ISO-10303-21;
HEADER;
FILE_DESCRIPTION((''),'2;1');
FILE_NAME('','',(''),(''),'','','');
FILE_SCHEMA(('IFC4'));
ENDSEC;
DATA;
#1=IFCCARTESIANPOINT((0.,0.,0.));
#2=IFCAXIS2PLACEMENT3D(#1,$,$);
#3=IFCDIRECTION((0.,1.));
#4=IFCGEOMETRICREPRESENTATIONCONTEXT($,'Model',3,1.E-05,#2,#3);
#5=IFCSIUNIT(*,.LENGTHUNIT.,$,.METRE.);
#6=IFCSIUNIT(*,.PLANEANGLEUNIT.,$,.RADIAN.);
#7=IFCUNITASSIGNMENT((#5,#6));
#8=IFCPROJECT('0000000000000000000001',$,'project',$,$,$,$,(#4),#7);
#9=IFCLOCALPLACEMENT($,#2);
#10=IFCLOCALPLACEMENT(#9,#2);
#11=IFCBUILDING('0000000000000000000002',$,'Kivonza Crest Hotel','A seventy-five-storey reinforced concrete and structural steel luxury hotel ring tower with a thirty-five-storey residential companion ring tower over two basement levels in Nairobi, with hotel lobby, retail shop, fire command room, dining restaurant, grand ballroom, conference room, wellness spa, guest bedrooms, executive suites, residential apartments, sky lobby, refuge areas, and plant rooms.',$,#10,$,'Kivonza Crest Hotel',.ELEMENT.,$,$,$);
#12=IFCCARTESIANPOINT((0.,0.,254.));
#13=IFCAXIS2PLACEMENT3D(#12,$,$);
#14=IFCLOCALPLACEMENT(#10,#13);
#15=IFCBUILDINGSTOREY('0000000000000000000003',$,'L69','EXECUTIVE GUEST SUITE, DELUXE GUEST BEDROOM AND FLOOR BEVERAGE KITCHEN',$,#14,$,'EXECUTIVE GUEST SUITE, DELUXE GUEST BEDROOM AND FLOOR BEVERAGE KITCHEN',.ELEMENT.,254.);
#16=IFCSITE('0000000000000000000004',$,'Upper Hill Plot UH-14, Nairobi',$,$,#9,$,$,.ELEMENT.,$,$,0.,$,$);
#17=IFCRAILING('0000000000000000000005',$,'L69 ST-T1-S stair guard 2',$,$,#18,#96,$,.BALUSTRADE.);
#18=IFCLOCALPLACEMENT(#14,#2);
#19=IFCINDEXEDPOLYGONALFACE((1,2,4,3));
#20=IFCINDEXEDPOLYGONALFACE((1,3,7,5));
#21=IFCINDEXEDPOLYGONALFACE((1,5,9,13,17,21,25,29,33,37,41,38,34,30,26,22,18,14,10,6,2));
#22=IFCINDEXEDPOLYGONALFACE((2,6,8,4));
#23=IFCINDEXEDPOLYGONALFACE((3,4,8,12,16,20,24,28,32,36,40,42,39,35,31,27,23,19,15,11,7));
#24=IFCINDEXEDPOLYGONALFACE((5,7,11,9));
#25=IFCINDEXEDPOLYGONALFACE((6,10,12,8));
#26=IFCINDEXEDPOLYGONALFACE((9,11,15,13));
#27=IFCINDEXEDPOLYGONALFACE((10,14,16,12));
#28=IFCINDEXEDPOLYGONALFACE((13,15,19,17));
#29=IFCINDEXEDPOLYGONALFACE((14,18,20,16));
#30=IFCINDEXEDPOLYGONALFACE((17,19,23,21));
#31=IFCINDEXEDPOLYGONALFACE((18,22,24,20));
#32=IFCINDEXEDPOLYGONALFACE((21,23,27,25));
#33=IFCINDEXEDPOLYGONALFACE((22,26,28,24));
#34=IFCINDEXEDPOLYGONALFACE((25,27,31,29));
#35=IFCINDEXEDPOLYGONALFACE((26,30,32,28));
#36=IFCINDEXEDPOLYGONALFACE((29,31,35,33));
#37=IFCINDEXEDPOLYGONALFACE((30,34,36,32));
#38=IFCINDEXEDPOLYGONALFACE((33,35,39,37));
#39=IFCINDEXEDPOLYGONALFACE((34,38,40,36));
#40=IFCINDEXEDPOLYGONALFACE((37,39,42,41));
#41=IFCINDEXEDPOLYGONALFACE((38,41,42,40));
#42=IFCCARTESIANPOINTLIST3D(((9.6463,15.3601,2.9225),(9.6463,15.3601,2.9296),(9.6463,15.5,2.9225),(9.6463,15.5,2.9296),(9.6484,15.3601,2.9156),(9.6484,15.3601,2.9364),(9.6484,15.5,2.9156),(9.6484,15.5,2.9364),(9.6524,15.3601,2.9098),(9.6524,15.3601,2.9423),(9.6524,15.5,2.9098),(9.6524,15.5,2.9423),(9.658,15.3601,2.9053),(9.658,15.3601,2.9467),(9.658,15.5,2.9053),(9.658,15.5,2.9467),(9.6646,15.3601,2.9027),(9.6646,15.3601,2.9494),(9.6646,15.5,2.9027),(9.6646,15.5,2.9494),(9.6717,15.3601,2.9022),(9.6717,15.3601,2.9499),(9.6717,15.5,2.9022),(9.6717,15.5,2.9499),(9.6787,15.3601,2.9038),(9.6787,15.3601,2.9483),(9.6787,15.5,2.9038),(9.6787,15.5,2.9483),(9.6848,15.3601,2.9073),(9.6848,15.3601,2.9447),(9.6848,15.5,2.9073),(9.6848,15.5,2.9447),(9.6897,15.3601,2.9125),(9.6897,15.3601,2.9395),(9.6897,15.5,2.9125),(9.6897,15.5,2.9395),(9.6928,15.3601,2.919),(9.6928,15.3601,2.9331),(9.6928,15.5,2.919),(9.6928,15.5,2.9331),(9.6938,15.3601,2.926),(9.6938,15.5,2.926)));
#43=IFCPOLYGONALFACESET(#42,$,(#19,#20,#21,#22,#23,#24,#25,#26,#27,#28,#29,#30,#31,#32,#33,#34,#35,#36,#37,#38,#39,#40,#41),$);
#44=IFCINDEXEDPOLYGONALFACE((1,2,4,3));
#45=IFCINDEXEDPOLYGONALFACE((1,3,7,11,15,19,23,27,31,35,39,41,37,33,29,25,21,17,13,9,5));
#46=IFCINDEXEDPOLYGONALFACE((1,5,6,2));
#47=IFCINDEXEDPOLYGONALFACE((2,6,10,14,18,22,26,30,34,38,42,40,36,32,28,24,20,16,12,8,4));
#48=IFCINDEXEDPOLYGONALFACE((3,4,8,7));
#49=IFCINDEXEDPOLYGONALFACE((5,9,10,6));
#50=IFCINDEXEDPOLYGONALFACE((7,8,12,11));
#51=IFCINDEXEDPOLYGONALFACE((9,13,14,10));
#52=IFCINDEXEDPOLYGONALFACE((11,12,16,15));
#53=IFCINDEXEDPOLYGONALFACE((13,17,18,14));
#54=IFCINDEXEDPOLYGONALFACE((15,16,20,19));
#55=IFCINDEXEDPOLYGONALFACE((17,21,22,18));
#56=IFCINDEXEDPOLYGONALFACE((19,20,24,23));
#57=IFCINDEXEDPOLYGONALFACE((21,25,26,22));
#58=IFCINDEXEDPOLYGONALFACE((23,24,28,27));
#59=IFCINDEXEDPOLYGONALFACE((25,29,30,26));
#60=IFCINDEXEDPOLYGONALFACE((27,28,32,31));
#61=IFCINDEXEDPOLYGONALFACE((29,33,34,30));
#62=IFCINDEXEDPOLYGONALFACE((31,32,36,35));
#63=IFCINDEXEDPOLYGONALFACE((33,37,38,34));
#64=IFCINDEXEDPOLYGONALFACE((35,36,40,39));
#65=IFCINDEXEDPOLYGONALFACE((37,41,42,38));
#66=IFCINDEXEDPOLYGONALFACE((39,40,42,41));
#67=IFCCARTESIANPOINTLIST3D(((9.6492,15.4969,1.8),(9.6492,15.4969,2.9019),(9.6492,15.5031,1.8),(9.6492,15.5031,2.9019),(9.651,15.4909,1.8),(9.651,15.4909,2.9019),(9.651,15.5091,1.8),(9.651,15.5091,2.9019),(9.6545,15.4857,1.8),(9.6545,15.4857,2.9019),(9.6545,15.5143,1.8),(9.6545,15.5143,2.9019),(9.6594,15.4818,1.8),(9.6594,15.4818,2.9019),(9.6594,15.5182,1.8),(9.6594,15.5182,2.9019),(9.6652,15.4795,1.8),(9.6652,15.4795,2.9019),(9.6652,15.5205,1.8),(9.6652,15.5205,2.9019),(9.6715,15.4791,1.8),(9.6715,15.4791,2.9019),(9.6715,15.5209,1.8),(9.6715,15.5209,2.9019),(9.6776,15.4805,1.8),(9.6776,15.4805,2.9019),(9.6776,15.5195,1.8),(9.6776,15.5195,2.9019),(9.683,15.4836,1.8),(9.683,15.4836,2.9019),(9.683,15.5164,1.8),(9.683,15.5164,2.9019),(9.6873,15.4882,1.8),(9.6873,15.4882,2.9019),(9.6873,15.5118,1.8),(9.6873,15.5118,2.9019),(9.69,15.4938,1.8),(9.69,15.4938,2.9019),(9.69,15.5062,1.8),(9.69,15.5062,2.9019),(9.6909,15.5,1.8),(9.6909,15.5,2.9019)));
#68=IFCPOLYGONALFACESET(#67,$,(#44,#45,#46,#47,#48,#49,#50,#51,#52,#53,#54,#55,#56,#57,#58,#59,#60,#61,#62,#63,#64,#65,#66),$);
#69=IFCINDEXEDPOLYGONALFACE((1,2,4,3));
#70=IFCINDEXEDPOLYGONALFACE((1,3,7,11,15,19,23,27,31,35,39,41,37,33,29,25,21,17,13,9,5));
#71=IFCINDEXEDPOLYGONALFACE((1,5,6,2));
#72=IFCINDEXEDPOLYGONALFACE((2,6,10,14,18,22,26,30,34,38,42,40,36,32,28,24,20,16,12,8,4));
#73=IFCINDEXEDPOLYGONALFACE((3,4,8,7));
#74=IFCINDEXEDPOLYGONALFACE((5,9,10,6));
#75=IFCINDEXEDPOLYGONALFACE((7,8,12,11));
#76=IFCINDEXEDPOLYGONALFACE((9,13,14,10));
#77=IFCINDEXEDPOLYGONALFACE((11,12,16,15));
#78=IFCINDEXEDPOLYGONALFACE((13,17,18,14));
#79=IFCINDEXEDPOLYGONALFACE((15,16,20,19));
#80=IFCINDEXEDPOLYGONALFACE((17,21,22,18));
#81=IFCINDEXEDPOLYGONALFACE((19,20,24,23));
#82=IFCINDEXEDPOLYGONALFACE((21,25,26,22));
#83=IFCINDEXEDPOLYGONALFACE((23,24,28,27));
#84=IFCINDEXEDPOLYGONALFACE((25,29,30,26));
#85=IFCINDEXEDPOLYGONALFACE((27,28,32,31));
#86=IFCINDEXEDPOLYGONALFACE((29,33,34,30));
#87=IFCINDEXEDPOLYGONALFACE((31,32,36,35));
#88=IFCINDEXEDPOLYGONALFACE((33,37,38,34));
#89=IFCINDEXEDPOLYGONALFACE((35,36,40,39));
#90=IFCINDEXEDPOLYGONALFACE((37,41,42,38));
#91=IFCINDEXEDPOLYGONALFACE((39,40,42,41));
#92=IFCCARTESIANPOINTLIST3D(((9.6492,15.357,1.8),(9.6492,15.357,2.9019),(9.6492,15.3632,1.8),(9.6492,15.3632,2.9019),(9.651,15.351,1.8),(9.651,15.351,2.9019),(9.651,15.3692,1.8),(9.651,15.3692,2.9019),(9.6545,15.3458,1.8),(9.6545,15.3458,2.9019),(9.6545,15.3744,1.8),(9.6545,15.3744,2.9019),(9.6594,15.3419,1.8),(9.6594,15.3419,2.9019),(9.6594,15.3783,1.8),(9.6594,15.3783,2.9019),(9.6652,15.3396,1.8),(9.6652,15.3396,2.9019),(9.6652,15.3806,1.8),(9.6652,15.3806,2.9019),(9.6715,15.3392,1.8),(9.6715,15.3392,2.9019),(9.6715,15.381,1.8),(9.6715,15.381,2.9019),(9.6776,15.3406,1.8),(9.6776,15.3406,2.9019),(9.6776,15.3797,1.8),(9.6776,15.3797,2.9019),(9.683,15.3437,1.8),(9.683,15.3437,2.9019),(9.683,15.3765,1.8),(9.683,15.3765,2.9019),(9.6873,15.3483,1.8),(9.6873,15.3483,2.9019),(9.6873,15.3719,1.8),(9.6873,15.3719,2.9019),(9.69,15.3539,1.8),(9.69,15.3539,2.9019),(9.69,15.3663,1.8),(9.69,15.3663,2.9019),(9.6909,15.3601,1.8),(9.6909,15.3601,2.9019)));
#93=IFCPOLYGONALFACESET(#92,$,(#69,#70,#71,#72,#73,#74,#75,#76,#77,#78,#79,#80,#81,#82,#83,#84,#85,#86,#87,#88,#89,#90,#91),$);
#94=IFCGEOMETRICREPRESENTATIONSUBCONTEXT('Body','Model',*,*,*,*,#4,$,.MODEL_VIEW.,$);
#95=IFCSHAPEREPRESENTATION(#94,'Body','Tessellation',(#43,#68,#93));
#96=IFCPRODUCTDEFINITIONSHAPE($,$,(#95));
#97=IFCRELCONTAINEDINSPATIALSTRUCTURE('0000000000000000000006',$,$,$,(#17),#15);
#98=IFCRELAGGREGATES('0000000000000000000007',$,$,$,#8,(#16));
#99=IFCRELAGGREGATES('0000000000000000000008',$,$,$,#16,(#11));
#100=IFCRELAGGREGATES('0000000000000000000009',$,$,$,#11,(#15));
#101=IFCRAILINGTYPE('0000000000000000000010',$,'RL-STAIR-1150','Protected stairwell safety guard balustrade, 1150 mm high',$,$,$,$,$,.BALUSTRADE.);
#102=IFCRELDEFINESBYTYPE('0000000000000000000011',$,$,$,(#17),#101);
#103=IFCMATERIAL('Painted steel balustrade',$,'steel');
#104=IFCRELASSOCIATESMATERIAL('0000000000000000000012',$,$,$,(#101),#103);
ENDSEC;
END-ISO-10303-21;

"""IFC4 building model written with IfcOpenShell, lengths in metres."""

from ifc_helpers import new_model, si_unit, direction, frame, origin, origin_2d, place, context, subcontext, project, spatial, circle, extrude, material, type_object, element, save


model = new_model("IFC4")

# Units and contexts
model_context = context("Model", 3, precision=1e-05, world=origin(), true_north=direction((0.0, 1.0)))
body_context = subcontext(model_context, "Body", "Model", "MODEL_VIEW")
ifc_project = project(units=[si_unit("LENGTHUNIT", "METRE"), si_unit("PLANEANGLEUNIT", "RADIAN")], contexts=[model_context])

# Site, building, storey
site_placement = place(None, origin())
site = spatial("IfcSite", under=ifc_project, at=site_placement, Name="Upper Hill Plot UH-14, Nairobi", CompositionType="ELEMENT", RefElevation=0.0)
building_placement = place(site_placement, origin())
building = spatial("IfcBuilding", under=site, at=building_placement, Name="Kivonza Crest Hotel", Description="A seventy-five-storey reinforced concrete and structural steel luxury hotel ring tower with a thirty-five-storey residential companion ring tower over two basement levels in Nairobi, with hotel lobby, retail shop, fire command room, dining restaurant, grand ballroom, conference room, wellness spa, guest bedrooms, executive suites, residential apartments, sky lobby, refuge areas, and plant rooms.", LongName="Kivonza Crest Hotel", CompositionType="ELEMENT")
storey_placement = place(building_placement, frame((0.0, 0.0, 254.0)))
storey = spatial("IfcBuildingStorey", under=building, at=storey_placement, Name="L69", Description="EXECUTIVE GUEST SUITE, DELUXE GUEST BEDROOM AND FLOOR BEVERAGE KITCHEN", LongName="EXECUTIVE GUEST SUITE, DELUXE GUEST BEDROOM AND FLOOR BEVERAGE KITCHEN", CompositionType="ELEMENT", Elevation=254.0)

# Railing
ifc_material_1 = material(Name="Painted steel balustrade", Category="steel")
railing_type_1 = type_object("IfcRailingType", Name="RL-STAIR-1150", Description="Protected stairwell safety guard balustrade, 1150 mm high", PredefinedType="BALUSTRADE", material=ifc_material_1)
railing_1_placement = place(storey_placement, frame((9.6699, 15.5, 1.8)))
element("IfcRailing", 1, at=railing_1_placement, inside=storey, type_object=railing_type_1, Name="L69 ST-T1-S stair guard 2", PredefinedType="BALUSTRADE", context=body_context, shape_type="SweptSolid", body=[
    extrude(circle(Radius=0.0239, at=origin_2d()), frame((0.0, 0.0, 1.126), z_axis=(0.0, -1.0, 0.0), x_axis=(1.0, 0.0, 0.0)), (0.0, 0.0, 1.0), 0.1399),
    extrude(circle(Radius=0.021, at=origin_2d()), origin(), (0.0, 0.0, 1.0), 1.1018),
    extrude(circle(Radius=0.021, at=origin_2d()), frame((0.0, -0.1399, 0.0)), (0.0, 0.0, 1.0), 1.1018),
])

save(model, "model.ifc")
